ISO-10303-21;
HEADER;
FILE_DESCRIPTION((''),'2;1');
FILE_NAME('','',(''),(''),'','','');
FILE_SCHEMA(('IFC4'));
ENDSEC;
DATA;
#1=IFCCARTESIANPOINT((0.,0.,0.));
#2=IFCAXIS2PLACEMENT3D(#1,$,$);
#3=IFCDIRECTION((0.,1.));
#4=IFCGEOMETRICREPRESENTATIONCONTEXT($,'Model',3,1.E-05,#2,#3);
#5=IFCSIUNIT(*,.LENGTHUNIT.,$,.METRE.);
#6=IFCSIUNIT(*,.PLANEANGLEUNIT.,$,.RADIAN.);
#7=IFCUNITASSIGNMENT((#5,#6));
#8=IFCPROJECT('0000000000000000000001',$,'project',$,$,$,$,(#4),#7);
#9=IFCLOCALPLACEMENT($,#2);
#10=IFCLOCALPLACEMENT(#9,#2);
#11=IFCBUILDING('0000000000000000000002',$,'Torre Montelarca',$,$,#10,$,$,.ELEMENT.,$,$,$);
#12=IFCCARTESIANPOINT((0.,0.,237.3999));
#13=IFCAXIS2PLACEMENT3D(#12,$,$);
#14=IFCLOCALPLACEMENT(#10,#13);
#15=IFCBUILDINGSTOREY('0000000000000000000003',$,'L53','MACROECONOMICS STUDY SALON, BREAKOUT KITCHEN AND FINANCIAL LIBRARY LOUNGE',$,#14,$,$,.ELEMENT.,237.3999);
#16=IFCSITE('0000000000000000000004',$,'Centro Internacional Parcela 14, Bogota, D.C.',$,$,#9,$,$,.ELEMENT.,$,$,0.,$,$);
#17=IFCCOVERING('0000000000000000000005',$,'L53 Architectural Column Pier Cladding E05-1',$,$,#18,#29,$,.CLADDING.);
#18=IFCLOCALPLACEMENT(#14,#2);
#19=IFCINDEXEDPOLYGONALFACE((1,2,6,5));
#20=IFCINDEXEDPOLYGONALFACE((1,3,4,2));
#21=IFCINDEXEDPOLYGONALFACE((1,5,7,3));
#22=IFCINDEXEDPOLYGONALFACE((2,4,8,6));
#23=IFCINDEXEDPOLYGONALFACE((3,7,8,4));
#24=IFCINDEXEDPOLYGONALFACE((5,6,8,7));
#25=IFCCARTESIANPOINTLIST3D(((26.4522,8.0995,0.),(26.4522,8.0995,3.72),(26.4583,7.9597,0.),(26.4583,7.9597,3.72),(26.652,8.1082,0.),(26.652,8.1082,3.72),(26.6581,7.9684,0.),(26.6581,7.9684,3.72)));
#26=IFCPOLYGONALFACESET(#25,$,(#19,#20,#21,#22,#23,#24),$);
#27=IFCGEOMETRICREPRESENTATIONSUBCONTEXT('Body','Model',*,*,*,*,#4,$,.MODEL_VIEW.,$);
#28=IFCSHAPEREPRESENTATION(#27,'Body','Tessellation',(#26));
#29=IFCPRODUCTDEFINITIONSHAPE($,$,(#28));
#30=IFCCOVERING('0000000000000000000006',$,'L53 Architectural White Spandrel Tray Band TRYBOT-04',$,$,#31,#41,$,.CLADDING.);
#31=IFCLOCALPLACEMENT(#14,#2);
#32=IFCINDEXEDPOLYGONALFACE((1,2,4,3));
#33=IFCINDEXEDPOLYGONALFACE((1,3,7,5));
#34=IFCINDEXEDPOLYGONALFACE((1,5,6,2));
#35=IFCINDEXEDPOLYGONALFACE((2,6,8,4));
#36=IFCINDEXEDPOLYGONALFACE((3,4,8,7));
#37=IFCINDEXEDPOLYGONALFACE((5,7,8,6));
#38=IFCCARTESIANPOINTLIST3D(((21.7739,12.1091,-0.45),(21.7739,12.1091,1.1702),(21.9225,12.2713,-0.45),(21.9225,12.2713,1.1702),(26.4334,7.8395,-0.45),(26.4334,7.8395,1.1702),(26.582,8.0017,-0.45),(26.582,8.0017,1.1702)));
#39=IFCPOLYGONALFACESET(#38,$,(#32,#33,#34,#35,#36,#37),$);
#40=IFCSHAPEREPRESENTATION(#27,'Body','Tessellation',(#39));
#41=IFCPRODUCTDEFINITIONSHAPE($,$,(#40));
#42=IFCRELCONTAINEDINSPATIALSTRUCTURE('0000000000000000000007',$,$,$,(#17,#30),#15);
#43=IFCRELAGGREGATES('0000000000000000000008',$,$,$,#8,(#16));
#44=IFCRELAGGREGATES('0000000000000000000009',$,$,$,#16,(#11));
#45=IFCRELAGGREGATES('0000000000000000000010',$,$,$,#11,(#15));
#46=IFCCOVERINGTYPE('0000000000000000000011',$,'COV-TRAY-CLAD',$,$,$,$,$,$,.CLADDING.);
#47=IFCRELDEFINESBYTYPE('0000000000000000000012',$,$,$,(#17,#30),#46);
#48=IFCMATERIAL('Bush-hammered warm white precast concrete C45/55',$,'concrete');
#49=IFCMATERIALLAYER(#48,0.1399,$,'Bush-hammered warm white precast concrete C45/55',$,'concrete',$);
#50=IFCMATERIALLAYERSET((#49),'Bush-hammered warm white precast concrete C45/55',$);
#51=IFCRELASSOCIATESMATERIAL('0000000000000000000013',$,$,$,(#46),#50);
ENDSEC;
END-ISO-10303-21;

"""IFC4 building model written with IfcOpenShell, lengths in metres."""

from ifc_helpers import new_model, si_unit, direction, frame, origin, origin_2d, place, context, subcontext, project, spatial, rectangle, extrude, source, transform, mapped, material, layer, layer_set, type_object, element, save


model = new_model("IFC4")

# Units and contexts
model_context = context("Model", 3, precision=1e-05, world=origin(), true_north=direction((0.0, 1.0)))
body_context = subcontext(model_context, "Body", "Model", "MODEL_VIEW")
ifc_project = project(units=[si_unit("LENGTHUNIT", "METRE"), si_unit("PLANEANGLEUNIT", "RADIAN")], contexts=[model_context])

# Site, building, storey
site_placement = place(None, origin())
site = spatial("IfcSite", under=ifc_project, at=site_placement, Name="Centro Internacional Parcela 14, Bogota, D.C.", CompositionType="ELEMENT", RefElevation=0.0)
building_placement = place(site_placement, origin())
building = spatial("IfcBuilding", under=site, at=building_placement, Name="Torre Montelarca", CompositionType="ELEMENT")
storey_placement = place(building_placement, frame((0.0, 0.0, 237.3999)))
storey = spatial("IfcBuildingStorey", under=building, at=storey_placement, Name="L53", Description="MACROECONOMICS STUDY SALON, BREAKOUT KITCHEN AND FINANCIAL LIBRARY LOUNGE", CompositionType="ELEMENT", Elevation=237.3999)

# Coverings
ifc_material_1 = material(Name="Bush-hammered warm white precast concrete C45/55", Category="concrete")
ifc_layer_1 = layer(ifc_material_1, 0.1399, Name="Bush-hammered warm white precast concrete C45/55", Category="concrete")
ifc_layer_set_1 = layer_set([ifc_layer_1], Name="Bush-hammered warm white precast concrete C45/55")
covering_type = type_object("IfcCoveringType", Name="COV-TRAY-CLAD", PredefinedType="CLADDING", material=ifc_layer_set_1)
shared_shape_1 = source(origin(), body_context, "Body", "SweptSolid", [
    extrude(rectangle(XDim=0.2, YDim=0.1399, at=origin_2d()), origin(), (0.0, 0.0, 1.0), 3.72),
])
for number, where, z_axis, x_axis, name in (
    (1, (26.5552, 8.0339, 0.0), (0.0, 0.0, 1.0), (0.999048, 0.043628, 0.0), "L53 Architectural Column Pier Cladding E05-1"),
):
    element("IfcCovering", number, at=place(storey_placement, frame(where, z_axis=z_axis, x_axis=x_axis)), inside=storey, type_object=covering_type, Name=name, PredefinedType="CLADDING", context=body_context, shape_type="MappedRepresentation", body=[
        mapped(shared_shape_1, transform((0.0, 0.0, 0.0), scale=1.0)),
    ])
shared_shape_2 = source(origin(), body_context, "Body", "SweptSolid", [
    extrude(rectangle(XDim=6.3198, YDim=0.22, at=origin_2d()), origin(), (0.0, 0.0, 1.0), 1.6201),
])
covering_1_placement = place(storey_placement, frame((24.178, 10.0554, -0.45), z_axis=(0.0, 0.0, 1.0), x_axis=(0.737281, -0.675586, 0.0)))
element("IfcCovering", 2, at=covering_1_placement, inside=storey, type_object=covering_type, Name="L53 Architectural White Spandrel Tray Band TRYBOT-04", PredefinedType="CLADDING", context=body_context, shape_type="MappedRepresentation", body=[
    mapped(shared_shape_2, transform((0.0, 0.0, 0.0), scale=1.0)),
])

save(model, "model.ifc")
